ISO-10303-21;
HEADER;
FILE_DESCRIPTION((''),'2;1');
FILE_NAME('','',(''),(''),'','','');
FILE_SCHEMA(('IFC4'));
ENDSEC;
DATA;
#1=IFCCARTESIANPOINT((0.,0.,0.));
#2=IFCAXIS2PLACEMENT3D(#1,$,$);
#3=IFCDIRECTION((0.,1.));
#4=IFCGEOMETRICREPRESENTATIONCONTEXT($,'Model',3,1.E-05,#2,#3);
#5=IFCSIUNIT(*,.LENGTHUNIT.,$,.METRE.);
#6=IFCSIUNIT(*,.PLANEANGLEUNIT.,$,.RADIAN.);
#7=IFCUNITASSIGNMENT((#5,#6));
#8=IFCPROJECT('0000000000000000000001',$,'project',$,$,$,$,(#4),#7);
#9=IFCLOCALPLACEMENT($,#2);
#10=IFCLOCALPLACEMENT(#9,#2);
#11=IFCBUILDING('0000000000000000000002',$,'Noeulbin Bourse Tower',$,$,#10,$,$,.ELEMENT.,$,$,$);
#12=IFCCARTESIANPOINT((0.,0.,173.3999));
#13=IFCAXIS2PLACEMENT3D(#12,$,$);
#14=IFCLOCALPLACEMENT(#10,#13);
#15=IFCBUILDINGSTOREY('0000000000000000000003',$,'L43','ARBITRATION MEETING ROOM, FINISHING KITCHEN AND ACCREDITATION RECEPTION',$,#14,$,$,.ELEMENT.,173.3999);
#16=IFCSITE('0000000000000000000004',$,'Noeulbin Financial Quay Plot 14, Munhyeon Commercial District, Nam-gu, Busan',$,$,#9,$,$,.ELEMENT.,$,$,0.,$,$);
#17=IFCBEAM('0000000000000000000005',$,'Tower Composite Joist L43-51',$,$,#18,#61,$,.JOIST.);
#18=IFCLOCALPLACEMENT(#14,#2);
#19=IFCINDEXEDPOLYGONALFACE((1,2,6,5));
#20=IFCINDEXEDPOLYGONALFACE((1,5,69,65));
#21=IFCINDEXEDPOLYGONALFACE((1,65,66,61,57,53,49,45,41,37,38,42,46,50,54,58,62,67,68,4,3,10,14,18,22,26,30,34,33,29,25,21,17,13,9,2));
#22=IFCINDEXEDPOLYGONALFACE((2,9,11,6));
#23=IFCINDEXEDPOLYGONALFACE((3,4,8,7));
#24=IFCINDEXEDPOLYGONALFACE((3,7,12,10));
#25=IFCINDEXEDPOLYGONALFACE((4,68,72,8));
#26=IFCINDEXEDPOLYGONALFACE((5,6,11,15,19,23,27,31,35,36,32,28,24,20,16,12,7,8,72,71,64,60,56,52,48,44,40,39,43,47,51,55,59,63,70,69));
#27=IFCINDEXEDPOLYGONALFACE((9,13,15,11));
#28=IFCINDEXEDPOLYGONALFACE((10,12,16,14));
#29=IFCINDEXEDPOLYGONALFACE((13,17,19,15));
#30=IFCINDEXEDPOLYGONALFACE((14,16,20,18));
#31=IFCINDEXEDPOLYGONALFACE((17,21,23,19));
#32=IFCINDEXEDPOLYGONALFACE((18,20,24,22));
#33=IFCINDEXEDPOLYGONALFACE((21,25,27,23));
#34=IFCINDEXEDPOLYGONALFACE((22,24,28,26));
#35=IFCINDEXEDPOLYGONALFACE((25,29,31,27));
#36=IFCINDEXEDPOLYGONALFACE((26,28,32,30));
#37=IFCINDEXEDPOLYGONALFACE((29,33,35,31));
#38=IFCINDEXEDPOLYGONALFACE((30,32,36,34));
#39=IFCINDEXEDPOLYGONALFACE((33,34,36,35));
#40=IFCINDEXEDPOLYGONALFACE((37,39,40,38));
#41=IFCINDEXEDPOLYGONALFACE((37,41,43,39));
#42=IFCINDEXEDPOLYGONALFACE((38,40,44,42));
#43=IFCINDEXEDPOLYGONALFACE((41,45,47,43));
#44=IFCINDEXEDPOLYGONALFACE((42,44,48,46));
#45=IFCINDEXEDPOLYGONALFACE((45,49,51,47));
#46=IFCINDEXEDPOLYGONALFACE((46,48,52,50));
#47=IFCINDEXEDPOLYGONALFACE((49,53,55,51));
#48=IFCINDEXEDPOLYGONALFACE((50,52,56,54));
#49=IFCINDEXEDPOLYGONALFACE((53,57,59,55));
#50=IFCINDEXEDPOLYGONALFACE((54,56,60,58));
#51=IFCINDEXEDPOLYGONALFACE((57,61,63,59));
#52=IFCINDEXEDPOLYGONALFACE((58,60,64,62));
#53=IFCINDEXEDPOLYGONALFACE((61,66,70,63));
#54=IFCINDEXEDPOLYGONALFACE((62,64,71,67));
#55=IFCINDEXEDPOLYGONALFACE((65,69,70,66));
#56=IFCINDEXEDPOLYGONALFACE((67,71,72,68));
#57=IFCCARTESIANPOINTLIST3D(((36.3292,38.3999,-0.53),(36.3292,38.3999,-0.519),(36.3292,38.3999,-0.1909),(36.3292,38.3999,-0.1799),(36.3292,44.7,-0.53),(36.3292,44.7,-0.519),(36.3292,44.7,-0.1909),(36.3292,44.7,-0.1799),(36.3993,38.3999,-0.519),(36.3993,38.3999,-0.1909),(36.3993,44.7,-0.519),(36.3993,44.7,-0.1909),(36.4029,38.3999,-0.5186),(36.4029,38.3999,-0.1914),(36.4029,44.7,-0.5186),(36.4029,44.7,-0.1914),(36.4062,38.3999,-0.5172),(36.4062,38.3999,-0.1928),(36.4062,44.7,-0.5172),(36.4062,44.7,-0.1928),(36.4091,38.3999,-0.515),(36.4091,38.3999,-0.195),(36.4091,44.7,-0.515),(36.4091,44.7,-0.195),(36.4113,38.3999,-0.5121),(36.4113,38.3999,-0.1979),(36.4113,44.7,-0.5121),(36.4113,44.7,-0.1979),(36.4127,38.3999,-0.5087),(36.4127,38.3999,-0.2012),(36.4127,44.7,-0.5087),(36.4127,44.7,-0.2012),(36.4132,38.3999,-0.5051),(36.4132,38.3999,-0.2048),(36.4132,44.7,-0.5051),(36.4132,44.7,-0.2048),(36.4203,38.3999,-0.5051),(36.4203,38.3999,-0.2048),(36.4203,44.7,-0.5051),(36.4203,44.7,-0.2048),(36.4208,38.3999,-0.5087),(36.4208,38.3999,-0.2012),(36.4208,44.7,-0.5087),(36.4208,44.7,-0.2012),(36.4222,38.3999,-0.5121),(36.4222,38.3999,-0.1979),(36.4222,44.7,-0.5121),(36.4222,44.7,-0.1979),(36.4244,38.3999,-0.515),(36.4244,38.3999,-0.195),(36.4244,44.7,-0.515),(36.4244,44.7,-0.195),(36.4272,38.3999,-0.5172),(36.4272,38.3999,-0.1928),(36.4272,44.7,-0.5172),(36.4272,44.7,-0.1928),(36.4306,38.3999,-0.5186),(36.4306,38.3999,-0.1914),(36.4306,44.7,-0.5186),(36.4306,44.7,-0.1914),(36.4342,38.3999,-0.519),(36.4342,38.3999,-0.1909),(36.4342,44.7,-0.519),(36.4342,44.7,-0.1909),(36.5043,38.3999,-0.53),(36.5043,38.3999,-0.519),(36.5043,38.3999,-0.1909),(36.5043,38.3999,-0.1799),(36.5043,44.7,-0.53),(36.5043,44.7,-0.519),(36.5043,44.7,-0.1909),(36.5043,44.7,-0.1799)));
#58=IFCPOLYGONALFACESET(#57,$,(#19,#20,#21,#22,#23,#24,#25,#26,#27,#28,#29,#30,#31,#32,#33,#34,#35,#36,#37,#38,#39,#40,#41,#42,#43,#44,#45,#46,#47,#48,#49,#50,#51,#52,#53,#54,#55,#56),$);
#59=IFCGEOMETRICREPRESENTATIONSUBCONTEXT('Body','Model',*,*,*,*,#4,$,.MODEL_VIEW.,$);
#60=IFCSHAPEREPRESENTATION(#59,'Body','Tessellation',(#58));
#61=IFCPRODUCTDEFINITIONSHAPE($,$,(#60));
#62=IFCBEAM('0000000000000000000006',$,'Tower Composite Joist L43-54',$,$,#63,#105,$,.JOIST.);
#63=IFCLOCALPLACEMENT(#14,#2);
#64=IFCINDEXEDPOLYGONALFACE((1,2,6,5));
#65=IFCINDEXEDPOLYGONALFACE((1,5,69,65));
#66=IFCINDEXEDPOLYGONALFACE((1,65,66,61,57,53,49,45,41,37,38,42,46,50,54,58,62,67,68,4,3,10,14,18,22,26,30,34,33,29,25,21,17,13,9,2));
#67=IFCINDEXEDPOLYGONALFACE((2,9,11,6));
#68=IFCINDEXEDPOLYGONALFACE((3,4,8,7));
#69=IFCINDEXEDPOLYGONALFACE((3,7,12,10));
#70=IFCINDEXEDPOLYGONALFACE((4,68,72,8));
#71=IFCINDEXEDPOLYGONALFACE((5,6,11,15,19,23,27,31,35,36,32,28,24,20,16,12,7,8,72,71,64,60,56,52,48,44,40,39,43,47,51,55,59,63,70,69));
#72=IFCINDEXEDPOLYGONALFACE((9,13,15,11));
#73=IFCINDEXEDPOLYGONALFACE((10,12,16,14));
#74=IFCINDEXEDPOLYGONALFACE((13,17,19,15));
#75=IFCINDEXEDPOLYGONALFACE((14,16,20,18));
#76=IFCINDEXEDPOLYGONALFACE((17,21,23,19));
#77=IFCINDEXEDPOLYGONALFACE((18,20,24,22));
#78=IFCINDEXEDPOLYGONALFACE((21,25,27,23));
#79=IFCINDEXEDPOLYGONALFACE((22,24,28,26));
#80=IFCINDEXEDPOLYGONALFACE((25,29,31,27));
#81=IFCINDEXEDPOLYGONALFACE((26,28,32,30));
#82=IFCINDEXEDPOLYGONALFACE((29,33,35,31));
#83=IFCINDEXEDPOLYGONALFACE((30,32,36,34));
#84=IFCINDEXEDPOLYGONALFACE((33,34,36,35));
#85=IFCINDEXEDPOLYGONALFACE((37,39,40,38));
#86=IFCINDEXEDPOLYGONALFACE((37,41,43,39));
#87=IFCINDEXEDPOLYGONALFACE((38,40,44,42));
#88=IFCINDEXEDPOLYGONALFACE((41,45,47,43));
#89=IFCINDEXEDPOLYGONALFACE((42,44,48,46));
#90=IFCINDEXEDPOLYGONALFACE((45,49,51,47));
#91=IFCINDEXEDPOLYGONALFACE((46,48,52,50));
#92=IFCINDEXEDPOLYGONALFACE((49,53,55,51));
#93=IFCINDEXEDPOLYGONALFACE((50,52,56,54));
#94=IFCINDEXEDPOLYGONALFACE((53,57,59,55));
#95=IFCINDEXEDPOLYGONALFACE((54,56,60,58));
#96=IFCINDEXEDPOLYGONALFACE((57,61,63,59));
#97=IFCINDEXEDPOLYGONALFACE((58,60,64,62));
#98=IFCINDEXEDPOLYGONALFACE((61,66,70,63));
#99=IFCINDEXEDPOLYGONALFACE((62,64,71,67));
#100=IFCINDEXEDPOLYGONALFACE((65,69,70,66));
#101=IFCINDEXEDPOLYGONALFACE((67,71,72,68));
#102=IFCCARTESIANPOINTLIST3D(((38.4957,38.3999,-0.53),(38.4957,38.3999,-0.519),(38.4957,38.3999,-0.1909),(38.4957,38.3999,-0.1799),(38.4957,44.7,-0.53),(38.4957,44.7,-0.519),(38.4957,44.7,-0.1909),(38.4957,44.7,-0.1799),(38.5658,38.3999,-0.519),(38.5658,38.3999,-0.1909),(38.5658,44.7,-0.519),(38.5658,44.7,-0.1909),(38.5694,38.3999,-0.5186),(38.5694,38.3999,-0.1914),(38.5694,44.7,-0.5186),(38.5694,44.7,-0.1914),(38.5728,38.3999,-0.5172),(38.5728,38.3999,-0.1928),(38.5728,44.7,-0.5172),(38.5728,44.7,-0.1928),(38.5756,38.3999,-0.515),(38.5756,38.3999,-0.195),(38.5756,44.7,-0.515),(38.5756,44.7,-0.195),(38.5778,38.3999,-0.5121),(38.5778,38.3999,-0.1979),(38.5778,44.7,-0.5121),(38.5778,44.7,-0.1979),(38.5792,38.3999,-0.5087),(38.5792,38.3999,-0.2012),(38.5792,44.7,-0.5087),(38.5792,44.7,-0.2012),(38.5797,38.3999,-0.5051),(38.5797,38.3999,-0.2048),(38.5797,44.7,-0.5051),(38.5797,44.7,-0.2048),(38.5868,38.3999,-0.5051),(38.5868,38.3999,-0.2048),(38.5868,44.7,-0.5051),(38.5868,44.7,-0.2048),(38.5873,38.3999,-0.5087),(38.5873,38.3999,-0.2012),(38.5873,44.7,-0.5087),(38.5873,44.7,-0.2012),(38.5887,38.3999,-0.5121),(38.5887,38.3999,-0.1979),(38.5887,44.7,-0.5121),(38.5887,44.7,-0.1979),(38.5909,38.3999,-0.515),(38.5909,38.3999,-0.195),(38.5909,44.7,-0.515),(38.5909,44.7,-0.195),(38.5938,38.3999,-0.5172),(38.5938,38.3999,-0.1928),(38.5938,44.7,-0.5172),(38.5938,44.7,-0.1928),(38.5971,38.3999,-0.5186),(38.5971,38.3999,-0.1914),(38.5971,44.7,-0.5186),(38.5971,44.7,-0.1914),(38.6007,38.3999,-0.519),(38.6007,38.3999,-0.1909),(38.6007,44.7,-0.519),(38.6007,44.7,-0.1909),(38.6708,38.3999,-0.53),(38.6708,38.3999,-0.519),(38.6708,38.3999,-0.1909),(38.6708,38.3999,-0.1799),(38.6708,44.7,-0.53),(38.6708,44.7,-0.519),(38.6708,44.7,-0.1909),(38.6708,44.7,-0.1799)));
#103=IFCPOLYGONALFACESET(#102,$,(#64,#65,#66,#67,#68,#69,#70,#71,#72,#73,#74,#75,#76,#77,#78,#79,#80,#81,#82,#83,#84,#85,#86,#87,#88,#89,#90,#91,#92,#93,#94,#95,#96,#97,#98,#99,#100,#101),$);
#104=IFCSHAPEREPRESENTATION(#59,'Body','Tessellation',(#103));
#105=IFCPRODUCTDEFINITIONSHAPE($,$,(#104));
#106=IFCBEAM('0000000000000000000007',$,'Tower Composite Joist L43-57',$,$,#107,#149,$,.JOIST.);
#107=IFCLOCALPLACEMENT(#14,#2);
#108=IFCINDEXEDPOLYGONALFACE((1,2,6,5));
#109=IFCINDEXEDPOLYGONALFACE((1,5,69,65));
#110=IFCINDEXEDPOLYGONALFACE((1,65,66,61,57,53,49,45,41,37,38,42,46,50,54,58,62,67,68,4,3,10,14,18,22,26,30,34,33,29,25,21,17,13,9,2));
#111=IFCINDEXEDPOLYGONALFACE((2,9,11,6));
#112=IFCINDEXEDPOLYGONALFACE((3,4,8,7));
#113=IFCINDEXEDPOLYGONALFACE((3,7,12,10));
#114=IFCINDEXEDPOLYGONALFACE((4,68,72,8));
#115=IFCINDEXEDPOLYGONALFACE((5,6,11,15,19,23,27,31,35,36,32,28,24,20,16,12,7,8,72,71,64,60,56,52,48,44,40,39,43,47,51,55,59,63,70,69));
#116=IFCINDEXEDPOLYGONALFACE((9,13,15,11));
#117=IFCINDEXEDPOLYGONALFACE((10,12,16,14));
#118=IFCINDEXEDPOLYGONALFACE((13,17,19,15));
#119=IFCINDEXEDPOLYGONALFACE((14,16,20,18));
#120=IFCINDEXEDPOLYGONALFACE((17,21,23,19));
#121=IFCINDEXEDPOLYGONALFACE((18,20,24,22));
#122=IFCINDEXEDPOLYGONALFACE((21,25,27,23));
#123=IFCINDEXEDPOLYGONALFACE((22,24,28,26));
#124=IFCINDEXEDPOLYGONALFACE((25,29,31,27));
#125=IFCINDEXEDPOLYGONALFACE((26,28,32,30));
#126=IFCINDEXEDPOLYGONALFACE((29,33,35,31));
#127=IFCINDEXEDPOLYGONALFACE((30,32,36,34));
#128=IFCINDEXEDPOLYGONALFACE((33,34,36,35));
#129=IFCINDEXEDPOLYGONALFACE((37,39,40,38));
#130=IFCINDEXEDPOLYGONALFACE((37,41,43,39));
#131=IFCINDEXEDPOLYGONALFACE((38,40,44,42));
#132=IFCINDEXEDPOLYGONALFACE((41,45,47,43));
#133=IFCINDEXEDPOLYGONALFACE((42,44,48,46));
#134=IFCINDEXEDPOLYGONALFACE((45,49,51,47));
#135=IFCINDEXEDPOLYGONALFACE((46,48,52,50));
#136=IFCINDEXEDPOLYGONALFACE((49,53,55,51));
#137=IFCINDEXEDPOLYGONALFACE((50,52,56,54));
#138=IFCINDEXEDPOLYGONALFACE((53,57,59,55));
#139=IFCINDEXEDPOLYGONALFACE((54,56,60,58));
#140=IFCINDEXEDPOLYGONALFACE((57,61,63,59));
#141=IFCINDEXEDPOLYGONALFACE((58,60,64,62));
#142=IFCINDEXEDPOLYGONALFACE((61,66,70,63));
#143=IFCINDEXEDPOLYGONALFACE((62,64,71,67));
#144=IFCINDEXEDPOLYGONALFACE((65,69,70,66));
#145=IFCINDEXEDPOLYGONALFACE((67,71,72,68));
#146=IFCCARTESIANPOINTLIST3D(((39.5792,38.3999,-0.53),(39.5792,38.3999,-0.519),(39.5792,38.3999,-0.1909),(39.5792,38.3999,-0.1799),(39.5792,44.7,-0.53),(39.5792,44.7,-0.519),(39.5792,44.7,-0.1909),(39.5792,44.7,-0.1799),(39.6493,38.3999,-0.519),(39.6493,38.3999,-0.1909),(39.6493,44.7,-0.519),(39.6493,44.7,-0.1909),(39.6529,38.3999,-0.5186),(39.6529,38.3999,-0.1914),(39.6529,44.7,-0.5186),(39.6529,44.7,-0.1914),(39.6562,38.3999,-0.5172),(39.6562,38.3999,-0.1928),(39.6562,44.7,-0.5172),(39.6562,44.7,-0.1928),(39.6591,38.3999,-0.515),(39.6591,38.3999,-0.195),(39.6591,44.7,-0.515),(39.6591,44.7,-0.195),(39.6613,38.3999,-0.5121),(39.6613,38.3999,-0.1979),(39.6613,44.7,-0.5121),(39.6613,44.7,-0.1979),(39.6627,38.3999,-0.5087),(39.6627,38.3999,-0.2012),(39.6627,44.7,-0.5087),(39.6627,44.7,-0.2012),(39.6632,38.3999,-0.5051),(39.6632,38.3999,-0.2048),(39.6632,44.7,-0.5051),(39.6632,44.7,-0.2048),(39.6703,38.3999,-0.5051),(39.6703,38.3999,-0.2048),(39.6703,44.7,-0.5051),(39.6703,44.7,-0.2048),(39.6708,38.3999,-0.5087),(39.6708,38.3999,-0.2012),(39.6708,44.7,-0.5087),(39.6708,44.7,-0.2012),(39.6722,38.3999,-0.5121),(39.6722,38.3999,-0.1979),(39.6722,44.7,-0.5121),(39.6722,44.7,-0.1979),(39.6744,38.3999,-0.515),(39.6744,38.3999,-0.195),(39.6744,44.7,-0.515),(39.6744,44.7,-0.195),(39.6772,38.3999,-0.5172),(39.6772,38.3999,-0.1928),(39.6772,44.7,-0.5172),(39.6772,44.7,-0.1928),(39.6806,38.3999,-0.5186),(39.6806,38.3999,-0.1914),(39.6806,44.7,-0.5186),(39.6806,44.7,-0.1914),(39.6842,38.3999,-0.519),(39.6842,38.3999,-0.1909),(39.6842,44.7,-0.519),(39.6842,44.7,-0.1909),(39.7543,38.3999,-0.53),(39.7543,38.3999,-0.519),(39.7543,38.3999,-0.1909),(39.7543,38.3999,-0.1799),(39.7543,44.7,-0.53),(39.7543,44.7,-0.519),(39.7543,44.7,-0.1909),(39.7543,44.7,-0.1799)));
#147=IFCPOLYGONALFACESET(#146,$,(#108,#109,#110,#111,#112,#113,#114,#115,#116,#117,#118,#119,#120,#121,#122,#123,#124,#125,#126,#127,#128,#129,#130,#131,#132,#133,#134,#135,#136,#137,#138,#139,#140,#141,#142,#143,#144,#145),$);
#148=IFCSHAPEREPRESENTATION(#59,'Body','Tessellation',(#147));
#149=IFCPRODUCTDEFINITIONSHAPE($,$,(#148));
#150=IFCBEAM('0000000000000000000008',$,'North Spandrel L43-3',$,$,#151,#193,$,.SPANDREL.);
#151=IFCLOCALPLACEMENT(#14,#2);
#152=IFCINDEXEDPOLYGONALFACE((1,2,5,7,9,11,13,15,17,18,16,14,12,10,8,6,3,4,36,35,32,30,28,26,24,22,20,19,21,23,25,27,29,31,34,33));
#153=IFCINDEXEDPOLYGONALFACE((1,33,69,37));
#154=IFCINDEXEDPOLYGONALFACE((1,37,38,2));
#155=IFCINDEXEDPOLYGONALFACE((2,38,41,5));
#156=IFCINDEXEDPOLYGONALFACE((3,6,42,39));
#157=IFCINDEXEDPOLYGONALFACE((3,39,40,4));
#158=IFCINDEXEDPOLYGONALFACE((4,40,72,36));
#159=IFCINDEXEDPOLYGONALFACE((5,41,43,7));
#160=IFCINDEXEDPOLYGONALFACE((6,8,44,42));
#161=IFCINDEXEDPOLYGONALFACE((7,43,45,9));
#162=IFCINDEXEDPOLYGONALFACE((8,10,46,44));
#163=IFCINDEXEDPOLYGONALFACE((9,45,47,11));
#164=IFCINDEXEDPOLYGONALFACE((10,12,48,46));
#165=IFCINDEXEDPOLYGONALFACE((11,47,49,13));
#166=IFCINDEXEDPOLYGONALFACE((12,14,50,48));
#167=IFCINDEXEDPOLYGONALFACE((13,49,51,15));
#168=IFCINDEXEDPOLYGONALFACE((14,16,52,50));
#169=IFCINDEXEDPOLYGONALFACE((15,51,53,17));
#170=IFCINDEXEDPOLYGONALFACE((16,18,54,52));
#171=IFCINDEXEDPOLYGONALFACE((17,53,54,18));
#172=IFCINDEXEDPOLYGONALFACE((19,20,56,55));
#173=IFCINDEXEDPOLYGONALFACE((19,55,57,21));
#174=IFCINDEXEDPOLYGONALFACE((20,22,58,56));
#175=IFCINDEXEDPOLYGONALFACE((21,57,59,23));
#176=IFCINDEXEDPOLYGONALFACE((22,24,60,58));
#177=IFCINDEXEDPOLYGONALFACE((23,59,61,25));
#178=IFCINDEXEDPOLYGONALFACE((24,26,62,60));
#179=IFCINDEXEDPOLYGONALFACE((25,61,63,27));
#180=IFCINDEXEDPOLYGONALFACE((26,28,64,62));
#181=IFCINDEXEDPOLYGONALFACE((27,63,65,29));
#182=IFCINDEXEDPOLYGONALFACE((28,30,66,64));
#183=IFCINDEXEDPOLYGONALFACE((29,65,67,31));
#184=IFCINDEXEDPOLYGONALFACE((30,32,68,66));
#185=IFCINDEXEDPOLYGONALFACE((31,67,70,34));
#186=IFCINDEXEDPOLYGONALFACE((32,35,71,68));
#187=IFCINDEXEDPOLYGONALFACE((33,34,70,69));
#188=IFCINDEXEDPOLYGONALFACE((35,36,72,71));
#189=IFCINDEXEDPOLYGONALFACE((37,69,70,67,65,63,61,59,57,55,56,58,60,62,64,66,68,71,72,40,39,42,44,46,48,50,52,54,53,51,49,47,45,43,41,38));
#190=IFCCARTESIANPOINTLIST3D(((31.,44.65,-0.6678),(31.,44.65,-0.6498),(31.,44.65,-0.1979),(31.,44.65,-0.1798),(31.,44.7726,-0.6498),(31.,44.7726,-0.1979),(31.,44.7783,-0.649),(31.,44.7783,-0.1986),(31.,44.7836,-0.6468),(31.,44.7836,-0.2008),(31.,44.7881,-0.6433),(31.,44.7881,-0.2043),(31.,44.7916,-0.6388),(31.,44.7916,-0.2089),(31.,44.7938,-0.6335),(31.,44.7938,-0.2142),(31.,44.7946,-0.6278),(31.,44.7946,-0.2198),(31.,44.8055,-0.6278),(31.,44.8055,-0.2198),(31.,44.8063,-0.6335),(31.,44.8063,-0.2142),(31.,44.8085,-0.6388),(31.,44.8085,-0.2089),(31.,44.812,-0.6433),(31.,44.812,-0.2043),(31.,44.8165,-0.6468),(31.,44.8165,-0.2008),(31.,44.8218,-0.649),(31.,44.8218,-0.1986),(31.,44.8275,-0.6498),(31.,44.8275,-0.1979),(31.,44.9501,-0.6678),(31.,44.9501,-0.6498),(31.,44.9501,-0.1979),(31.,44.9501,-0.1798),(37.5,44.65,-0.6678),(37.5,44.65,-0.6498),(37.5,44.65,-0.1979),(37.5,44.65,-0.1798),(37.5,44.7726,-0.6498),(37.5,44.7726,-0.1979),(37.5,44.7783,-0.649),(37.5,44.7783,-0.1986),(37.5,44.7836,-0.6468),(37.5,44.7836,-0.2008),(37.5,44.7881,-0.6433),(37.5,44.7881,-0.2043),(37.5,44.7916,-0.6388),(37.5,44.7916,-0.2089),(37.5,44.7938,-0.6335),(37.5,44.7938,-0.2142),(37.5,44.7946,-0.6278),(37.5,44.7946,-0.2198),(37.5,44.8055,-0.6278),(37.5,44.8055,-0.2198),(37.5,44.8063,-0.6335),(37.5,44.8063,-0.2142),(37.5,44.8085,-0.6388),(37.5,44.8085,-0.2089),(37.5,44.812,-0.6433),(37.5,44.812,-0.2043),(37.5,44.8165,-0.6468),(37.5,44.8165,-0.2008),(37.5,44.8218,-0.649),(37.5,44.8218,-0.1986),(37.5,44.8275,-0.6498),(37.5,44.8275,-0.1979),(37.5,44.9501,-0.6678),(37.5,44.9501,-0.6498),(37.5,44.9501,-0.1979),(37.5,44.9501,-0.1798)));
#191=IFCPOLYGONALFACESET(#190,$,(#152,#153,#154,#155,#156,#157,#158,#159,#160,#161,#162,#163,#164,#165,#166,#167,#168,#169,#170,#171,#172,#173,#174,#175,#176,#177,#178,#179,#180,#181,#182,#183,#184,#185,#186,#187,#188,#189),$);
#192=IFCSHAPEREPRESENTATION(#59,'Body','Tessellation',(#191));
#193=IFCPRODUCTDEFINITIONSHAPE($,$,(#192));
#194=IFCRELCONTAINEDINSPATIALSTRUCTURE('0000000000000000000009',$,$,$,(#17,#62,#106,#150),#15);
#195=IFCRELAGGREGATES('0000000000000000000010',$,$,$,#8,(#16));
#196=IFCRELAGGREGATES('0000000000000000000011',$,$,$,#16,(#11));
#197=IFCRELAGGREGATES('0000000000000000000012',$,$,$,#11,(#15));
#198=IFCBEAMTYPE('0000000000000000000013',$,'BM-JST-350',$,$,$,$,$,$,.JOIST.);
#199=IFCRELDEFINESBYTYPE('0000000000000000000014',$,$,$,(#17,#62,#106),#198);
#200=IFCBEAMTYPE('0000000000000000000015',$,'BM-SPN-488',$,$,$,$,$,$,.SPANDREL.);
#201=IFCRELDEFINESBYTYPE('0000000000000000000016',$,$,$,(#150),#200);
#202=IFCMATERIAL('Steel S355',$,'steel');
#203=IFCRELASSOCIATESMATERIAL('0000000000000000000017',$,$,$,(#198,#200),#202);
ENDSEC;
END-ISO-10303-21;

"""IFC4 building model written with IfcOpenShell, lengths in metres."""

from ifc_helpers import new_model, si_unit, direction, frame, origin, origin_2d, place, context, subcontext, project, spatial, i_section, extrude, material, material_profile, profile_set, type_object, element, save


model = new_model("IFC4")

# Units and contexts
model_context = context("Model", 3, precision=1e-05, world=origin(), true_north=direction((0.0, 1.0)))
body_context = subcontext(model_context, "Body", "Model", "MODEL_VIEW")
ifc_project = project(units=[si_unit("LENGTHUNIT", "METRE"), si_unit("PLANEANGLEUNIT", "RADIAN")], contexts=[model_context])

# Site, building, storey
site_placement = place(None, origin())
site = spatial("IfcSite", under=ifc_project, at=site_placement, Name="Noeulbin Financial Quay Plot 14, Munhyeon Commercial District, Nam-gu, Busan", CompositionType="ELEMENT", RefElevation=0.0)
building_placement = place(site_placement, origin())
building = spatial("IfcBuilding", under=site, at=building_placement, Name="Noeulbin Bourse Tower", CompositionType="ELEMENT")
storey_placement = place(building_placement, frame((0.0, 0.0, 173.3999)))
storey = spatial("IfcBuildingStorey", under=building, at=storey_placement, Name="L43", Description="ARBITRATION MEETING ROOM, FINISHING KITCHEN AND ACCREDITATION RECEPTION", CompositionType="ELEMENT", Elevation=173.3999)

# Shared definitions
ifc_material_1 = material(Name="Steel S355", Category="steel")

# Beams
ifc_material_profile_1 = material_profile(ifc_material_1, i_section(OverallWidth=0.175, OverallDepth=0.3501, WebThickness=0.0071, FlangeThickness=0.011, FilletRadius=0.0139, at=origin_2d()), Name="H-350x175x7x11", Category="LoadBearing")
ifc_profile_set_1 = profile_set([ifc_material_profile_1], Name="Steel S355")
beam_type_1 = type_object("IfcBeamType", Name="BM-JST-350", PredefinedType="JOIST", material=ifc_profile_set_1)
for number, where, z_axis, x_axis, name in (
    (1, (36.4167, 38.3999, -0.355), (0.0, 1.0, 0.0), (-1.0, 0.0, 0.0), "Tower Composite Joist L43-51"),
    (2, (38.5833, 38.3999, -0.355), (0.0, 1.0, 0.0), (-1.0, 0.0, 0.0), "Tower Composite Joist L43-54"),
    (3, (39.6667, 38.3999, -0.355), (0.0, 1.0, 0.0), (-1.0, 0.0, 0.0), "Tower Composite Joist L43-57"),
):
    element("IfcBeam", number, at=place(storey_placement, frame(where, z_axis=z_axis, x_axis=x_axis)), inside=storey, type_object=beam_type_1, Name=name, PredefinedType="JOIST", context=body_context, shape_type="SweptSolid", body=[
        extrude(i_section(OverallWidth=0.175, OverallDepth=0.3501, WebThickness=0.0071, FlangeThickness=0.011, FilletRadius=0.0139, at=origin_2d()), origin(), (0.0, 0.0, 1.0), 6.3),
    ])
ifc_material_profile_2 = material_profile(ifc_material_1, i_section(OverallWidth=0.3, OverallDepth=0.488, WebThickness=0.011, FlangeThickness=0.0181, FilletRadius=0.022, at=origin_2d()), Name="H-488x300x11x18", Category="LoadBearing")
ifc_profile_set_2 = profile_set([ifc_material_profile_2], Name="Steel S355")
beam_type_2 = type_object("IfcBeamType", Name="BM-SPN-488", PredefinedType="SPANDREL", material=ifc_profile_set_2)
for number, where, z_axis, x_axis, name in (
    (4, (31.0, 44.8, -0.4238), (1.0, 0.0, 0.0), (0.0, 1.0, 0.0), "North Spandrel L43-3"),
):
    element("IfcBeam", number, at=place(storey_placement, frame(where, z_axis=z_axis, x_axis=x_axis)), inside=storey, type_object=beam_type_2, Name=name, PredefinedType="SPANDREL", context=body_context, shape_type="SweptSolid", body=[
        extrude(i_section(OverallWidth=0.3, OverallDepth=0.488, WebThickness=0.011, FlangeThickness=0.0181, FilletRadius=0.022, at=origin_2d()), origin(), (0.0, 0.0, 1.0), 6.5),
    ])

save(model, "model.ifc")
